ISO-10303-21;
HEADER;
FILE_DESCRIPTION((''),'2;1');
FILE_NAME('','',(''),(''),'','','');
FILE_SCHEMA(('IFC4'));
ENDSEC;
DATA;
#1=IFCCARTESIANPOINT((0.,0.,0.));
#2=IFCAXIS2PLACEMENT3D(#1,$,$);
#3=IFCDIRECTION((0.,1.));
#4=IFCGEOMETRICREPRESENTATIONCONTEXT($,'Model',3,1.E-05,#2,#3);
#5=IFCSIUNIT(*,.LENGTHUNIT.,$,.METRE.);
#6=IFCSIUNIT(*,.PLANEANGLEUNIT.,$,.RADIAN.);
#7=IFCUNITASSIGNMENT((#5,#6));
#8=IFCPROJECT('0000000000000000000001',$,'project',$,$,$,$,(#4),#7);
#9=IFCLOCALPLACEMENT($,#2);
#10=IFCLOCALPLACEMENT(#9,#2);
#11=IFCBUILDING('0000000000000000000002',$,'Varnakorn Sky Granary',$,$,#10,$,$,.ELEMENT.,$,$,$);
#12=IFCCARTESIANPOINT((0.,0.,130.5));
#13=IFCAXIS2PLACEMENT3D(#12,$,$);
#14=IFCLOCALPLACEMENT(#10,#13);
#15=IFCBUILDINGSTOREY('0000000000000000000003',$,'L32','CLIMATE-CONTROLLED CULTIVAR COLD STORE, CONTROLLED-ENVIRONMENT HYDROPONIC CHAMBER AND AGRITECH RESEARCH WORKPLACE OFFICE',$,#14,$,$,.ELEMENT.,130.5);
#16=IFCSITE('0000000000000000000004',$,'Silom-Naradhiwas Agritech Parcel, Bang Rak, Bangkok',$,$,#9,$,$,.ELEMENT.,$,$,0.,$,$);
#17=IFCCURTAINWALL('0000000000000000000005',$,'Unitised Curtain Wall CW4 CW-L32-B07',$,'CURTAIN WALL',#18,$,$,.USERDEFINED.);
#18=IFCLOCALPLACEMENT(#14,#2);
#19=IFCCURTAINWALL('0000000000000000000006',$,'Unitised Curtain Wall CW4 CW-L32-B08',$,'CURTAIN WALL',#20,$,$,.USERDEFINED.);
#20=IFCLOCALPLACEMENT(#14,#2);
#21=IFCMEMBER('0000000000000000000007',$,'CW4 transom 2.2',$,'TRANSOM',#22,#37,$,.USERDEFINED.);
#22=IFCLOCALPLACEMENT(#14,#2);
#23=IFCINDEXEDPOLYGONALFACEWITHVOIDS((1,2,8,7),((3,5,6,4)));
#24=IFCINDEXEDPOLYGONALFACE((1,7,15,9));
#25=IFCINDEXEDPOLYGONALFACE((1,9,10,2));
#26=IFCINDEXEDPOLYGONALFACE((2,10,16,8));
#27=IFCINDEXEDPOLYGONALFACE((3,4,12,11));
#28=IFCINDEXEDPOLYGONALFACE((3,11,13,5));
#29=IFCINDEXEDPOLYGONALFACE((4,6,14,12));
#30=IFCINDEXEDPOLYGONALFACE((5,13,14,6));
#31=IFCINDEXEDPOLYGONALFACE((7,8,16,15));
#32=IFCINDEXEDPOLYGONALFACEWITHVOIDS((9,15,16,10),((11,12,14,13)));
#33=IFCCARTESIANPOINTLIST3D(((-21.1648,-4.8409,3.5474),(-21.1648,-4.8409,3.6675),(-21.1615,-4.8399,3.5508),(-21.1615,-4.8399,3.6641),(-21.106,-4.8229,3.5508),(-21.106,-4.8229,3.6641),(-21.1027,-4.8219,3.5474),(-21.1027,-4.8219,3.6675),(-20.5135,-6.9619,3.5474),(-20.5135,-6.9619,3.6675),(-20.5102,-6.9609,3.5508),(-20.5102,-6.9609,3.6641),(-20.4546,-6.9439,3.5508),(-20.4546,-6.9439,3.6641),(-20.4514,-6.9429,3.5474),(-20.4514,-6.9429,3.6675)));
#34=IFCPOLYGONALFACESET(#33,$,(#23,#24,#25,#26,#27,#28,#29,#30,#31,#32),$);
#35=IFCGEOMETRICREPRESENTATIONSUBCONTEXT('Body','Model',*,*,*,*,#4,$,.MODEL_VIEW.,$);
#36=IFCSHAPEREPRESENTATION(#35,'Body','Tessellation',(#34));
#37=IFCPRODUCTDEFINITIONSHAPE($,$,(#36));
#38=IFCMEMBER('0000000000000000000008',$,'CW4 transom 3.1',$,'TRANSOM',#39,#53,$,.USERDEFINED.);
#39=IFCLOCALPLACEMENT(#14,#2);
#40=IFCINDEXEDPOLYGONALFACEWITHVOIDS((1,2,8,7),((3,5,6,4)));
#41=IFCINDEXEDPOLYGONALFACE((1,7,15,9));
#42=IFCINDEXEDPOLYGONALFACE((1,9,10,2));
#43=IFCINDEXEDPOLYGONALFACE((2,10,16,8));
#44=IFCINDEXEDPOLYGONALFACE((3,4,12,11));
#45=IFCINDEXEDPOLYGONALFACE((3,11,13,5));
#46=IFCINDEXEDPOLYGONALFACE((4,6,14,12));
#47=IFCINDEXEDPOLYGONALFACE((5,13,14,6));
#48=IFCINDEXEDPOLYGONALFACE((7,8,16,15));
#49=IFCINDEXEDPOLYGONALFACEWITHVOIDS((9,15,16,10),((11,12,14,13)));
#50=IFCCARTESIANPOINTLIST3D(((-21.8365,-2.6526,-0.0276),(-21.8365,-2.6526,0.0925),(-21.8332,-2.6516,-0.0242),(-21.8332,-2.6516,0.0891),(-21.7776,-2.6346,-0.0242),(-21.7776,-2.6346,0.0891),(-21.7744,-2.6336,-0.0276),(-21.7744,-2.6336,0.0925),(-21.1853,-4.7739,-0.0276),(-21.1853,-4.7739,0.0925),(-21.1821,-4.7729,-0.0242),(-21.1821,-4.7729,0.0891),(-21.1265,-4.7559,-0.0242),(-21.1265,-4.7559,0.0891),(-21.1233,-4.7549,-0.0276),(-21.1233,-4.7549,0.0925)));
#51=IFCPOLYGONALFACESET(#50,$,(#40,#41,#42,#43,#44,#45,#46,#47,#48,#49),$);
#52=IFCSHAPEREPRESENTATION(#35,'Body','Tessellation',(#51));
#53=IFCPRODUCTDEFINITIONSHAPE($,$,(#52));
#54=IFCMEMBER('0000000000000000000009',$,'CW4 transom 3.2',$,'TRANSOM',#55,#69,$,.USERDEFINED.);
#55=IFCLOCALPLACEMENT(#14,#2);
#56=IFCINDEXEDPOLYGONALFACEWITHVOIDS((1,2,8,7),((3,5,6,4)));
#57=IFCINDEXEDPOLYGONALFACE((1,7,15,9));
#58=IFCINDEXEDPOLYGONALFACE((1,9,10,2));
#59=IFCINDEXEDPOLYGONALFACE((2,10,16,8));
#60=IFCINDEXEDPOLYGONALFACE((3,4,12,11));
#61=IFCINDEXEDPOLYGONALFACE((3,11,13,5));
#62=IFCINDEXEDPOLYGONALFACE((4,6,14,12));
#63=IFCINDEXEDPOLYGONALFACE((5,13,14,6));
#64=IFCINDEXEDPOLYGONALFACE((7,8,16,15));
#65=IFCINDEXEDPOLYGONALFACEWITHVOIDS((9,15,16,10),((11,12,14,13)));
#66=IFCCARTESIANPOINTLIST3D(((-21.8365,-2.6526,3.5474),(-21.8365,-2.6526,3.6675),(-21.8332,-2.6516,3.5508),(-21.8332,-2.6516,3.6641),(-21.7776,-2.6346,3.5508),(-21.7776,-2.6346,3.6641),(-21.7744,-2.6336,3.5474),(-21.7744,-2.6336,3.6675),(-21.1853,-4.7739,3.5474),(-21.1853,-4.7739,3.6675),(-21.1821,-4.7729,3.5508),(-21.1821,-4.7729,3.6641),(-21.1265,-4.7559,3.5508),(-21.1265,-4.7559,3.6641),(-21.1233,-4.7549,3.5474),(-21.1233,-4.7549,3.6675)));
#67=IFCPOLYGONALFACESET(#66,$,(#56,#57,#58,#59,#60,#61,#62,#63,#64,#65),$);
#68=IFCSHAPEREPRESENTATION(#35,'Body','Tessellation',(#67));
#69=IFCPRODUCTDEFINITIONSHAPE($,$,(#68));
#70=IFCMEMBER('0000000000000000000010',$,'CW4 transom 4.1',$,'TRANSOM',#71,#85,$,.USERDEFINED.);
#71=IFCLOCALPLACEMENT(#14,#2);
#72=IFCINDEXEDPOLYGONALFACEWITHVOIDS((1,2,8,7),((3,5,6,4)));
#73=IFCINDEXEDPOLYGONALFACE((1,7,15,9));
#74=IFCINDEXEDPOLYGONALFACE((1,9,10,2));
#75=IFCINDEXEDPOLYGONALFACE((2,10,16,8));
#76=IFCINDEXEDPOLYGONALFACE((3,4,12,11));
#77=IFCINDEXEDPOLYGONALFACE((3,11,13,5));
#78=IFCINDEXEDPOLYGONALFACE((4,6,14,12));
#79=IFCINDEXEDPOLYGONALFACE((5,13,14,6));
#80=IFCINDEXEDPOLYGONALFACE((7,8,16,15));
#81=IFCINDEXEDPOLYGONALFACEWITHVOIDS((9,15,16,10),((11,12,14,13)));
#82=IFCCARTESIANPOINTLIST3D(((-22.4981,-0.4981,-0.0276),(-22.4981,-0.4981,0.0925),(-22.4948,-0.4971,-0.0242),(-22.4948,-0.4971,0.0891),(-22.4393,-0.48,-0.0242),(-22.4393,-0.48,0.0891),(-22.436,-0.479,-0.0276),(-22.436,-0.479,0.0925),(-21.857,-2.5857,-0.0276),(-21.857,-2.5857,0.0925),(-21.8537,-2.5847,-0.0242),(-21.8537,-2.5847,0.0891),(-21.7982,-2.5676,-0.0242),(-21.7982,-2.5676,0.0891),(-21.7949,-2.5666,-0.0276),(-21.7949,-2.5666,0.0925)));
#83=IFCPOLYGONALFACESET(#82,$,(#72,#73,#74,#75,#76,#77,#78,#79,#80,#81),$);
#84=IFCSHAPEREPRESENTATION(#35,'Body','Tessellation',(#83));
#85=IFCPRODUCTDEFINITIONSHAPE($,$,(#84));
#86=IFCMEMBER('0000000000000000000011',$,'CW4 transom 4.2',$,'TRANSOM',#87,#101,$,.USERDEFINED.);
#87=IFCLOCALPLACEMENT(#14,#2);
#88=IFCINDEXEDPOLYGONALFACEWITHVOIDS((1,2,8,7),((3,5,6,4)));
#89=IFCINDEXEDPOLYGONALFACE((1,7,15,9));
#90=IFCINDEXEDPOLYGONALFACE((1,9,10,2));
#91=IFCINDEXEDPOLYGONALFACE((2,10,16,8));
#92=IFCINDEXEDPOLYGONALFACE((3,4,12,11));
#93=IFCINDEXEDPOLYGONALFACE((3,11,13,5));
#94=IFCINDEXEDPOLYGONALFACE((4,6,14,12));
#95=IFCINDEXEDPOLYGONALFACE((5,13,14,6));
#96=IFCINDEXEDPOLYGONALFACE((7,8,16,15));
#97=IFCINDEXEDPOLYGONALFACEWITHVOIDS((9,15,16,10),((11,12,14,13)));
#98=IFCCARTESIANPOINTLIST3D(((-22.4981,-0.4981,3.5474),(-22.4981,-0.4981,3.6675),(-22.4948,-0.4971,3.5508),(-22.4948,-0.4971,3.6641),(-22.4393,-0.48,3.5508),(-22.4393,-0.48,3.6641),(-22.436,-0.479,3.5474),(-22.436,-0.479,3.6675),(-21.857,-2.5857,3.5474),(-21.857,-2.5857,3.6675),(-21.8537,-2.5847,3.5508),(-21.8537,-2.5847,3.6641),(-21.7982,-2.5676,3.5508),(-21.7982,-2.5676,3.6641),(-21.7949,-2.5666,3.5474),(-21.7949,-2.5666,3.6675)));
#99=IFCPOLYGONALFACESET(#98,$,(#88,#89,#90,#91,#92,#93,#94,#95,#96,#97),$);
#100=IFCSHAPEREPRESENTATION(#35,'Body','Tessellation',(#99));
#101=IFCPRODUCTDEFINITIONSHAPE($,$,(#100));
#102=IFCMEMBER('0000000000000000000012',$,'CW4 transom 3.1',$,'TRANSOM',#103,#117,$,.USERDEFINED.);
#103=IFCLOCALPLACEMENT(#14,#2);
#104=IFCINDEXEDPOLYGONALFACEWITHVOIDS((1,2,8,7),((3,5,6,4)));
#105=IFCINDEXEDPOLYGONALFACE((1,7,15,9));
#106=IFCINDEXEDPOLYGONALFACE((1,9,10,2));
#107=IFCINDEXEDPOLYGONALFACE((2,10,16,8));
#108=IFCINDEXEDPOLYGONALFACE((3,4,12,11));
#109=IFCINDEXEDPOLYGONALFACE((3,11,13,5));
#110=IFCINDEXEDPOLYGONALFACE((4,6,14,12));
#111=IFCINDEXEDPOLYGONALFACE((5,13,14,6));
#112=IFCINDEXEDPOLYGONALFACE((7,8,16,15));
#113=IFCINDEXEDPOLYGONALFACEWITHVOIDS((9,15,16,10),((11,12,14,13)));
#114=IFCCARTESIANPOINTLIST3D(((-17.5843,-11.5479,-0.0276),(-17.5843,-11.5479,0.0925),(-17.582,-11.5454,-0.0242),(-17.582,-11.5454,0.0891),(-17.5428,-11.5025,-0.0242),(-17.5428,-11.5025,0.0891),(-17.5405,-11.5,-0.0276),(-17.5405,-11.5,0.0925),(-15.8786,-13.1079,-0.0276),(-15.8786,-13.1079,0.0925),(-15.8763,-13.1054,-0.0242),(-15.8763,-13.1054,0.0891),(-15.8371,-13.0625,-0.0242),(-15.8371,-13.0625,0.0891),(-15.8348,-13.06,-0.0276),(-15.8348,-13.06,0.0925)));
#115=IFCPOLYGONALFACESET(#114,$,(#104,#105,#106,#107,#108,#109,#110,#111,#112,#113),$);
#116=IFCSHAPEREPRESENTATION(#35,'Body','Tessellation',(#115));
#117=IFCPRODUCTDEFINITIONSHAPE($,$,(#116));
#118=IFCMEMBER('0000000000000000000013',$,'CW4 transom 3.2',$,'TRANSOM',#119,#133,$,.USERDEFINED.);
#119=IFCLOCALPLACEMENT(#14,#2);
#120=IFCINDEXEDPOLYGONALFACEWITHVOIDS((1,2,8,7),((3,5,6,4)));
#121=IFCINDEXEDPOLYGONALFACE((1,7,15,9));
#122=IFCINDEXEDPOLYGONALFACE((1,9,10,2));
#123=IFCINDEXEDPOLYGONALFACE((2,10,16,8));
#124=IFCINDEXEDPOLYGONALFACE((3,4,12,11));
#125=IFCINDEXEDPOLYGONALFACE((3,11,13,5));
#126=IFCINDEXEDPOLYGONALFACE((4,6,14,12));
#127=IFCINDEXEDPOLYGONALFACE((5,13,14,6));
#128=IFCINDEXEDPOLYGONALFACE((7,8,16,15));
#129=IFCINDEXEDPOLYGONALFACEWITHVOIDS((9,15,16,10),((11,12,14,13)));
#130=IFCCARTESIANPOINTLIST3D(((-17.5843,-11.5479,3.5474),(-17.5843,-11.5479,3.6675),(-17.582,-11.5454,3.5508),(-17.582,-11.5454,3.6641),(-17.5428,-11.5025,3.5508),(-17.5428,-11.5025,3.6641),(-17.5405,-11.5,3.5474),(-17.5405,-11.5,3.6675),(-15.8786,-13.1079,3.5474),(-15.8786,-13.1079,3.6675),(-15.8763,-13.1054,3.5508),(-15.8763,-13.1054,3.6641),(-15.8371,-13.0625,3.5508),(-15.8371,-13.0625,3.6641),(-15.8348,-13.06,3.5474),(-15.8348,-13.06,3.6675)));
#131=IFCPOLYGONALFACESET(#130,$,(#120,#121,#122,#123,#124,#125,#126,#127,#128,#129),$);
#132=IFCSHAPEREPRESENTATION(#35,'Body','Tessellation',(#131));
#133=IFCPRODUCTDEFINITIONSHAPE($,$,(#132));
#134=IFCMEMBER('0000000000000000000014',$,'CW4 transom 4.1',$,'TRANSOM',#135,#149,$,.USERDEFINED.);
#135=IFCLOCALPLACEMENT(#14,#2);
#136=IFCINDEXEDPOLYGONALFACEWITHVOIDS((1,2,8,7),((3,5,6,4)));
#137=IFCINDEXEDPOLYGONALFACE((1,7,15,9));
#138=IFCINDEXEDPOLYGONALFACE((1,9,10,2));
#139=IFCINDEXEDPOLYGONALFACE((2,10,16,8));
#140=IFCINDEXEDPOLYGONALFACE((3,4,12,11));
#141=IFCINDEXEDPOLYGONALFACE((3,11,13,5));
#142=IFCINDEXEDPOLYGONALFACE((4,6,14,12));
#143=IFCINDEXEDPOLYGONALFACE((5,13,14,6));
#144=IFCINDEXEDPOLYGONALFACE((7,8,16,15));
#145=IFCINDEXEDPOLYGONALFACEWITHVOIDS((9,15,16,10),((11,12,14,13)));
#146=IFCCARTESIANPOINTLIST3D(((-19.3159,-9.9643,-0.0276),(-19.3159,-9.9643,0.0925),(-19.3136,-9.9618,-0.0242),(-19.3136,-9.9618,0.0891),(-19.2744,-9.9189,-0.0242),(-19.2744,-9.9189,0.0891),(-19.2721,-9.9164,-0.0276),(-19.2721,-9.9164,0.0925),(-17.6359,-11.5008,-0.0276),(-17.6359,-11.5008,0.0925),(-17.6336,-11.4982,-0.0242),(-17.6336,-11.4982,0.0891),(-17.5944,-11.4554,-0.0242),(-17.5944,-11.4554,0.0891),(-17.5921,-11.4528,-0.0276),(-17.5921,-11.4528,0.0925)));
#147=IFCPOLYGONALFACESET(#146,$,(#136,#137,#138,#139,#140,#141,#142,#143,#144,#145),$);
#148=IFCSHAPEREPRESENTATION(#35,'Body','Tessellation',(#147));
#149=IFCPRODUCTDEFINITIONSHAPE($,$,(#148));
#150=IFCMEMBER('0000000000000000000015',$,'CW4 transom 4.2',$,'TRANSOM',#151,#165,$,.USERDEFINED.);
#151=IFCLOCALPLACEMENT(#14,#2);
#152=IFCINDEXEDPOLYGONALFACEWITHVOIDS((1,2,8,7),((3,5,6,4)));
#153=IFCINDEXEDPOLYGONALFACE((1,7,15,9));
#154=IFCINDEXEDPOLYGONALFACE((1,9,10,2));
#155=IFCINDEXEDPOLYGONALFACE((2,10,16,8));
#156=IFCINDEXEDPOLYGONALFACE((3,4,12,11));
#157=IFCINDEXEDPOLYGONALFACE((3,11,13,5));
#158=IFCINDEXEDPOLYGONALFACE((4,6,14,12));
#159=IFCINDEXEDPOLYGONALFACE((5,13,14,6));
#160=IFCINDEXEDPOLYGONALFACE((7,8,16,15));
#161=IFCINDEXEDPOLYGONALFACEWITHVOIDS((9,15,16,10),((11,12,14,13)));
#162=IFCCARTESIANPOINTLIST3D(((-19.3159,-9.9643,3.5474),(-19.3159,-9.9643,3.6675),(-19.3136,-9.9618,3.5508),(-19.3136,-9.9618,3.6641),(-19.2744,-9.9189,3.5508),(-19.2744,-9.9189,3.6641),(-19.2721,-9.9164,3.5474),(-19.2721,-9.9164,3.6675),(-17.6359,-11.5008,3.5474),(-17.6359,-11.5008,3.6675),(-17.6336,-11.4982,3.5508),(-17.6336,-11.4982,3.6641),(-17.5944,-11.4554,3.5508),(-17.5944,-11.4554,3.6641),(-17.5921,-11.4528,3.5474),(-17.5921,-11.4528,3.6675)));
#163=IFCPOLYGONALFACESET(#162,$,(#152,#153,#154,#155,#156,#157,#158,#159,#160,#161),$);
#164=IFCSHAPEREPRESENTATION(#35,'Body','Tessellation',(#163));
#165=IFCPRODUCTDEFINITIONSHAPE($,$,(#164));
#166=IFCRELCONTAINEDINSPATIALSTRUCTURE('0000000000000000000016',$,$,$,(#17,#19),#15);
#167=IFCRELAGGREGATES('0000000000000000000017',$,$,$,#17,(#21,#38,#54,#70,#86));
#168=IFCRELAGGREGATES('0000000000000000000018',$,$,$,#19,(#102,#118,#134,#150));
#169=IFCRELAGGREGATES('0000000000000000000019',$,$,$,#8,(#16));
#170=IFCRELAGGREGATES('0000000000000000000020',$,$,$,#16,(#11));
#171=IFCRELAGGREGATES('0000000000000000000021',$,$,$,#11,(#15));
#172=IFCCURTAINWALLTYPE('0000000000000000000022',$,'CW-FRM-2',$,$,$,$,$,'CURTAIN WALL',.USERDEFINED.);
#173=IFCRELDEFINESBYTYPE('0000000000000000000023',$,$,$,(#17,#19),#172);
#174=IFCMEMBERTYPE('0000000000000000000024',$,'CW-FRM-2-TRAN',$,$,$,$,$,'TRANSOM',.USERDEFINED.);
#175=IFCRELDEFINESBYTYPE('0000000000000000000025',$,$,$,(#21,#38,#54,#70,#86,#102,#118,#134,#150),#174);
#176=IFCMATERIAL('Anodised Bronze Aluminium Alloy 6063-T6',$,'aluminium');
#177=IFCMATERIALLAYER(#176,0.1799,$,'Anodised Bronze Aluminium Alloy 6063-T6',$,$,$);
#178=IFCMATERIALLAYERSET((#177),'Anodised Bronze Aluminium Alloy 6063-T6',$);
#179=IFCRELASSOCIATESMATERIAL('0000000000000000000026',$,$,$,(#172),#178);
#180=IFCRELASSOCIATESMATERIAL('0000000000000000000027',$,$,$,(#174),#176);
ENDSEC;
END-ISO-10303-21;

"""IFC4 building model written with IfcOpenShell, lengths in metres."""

from ifc_helpers import new_model, si_unit, direction, frame, origin, origin_2d, place, context, subcontext, project, spatial, hollow_rectangle, extrude, material, layer, layer_set, material_profile, profile_set, type_object, element, aggregate, save


model = new_model("IFC4")

# Units and contexts
model_context = context("Model", 3, precision=1e-05, world=origin(), true_north=direction((0.0, 1.0)))
body_context = subcontext(model_context, "Body", "Model", "MODEL_VIEW")
ifc_project = project(units=[si_unit("LENGTHUNIT", "METRE"), si_unit("PLANEANGLEUNIT", "RADIAN")], contexts=[model_context])

# Site, building, storey
site_placement = place(None, origin())
site = spatial("IfcSite", under=ifc_project, at=site_placement, Name="Silom-Naradhiwas Agritech Parcel, Bang Rak, Bangkok", CompositionType="ELEMENT", RefElevation=0.0)
building_placement = place(site_placement, origin())
building = spatial("IfcBuilding", under=site, at=building_placement, Name="Varnakorn Sky Granary", CompositionType="ELEMENT")
storey_placement = place(building_placement, frame((0.0, 0.0, 130.5)))
storey = spatial("IfcBuildingStorey", under=building, at=storey_placement, Name="L32", Description="CLIMATE-CONTROLLED CULTIVAR COLD STORE, CONTROLLED-ENVIRONMENT HYDROPONIC CHAMBER AND AGRITECH RESEARCH WORKPLACE OFFICE", CompositionType="ELEMENT", Elevation=130.5)

# Curtain walls
ifc_material_1 = material(Name="Anodised Bronze Aluminium Alloy 6063-T6", Category="aluminium")
ifc_layer_1 = layer(ifc_material_1, 0.1799, Name="Anodised Bronze Aluminium Alloy 6063-T6")
ifc_layer_set_1 = layer_set([ifc_layer_1], Name="Anodised Bronze Aluminium Alloy 6063-T6")
curtain_wall_type = type_object("IfcCurtainWallType", Name="CW-FRM-2", ElementType="CURTAIN WALL", PredefinedType="USERDEFINED", material=ifc_layer_set_1)
curtain_wall_1_placement = place(storey_placement, origin())
curtain_wall_1 = element("IfcCurtainWall", 1, at=curtain_wall_1_placement, inside=storey, type_object=curtain_wall_type, Name="Unitised Curtain Wall CW4 CW-L32-B07", ObjectType="CURTAIN WALL", PredefinedType="USERDEFINED")
curtain_wall_2_placement = place(storey_placement, origin())
curtain_wall_2 = element("IfcCurtainWall", 2, at=curtain_wall_2_placement, inside=storey, type_object=curtain_wall_type, Name="Unitised Curtain Wall CW4 CW-L32-B08", ObjectType="CURTAIN WALL", PredefinedType="USERDEFINED")

# Members
ifc_material_profile_1 = material_profile(ifc_material_1, hollow_rectangle(XDim=0.0649, YDim=0.1201, WallThickness=0.0034, at=origin_2d()), Name="ALU TRAN 65x120")
ifc_profile_set_1 = profile_set([ifc_material_profile_1], Name="Anodised Bronze Aluminium Alloy 6063-T6")
member_type_1 = type_object("IfcMemberType", Name="CW-FRM-2-TRAN", ElementType="TRANSOM", PredefinedType="USERDEFINED", material=ifc_profile_set_1)
member_1_placement = place(storey_placement, frame((-20.4824, -6.9524, 3.6074), z_axis=(-0.29356, 0.955941, 0.0), x_axis=(-0.955941, -0.29356, 0.0)))
member_1 = element("IfcMember", 3, at=member_1_placement, type_object=member_type_1, Name="CW4 transom 2.2", ObjectType="TRANSOM", PredefinedType="USERDEFINED", context=body_context, shape_type="SweptSolid", body=[
    extrude(hollow_rectangle(XDim=0.0649, YDim=0.1201, WallThickness=0.0034, at=origin_2d()), origin(), (0.0, 0.0, 1.0), 2.2188),
])
member_2_placement = place(storey_placement, frame((-21.1543, -4.7644, 0.0325), z_axis=(-0.293429, 0.955981, 0.0), x_axis=(-0.955981, -0.293429, 0.0)))
member_2 = element("IfcMember", 4, at=member_2_placement, type_object=member_type_1, Name="CW4 transom 3.1", ObjectType="TRANSOM", PredefinedType="USERDEFINED", context=body_context, shape_type="SweptSolid", body=[
    extrude(hollow_rectangle(XDim=0.0649, YDim=0.1201, WallThickness=0.0034, at=origin_2d()), origin(), (0.0, 0.0, 1.0), 2.219),
])
member_3_placement = place(storey_placement, frame((-21.1543, -4.7644, 3.6074), z_axis=(-0.293429, 0.955981, 0.0), x_axis=(-0.955981, -0.293429, 0.0)))
member_3 = element("IfcMember", 5, at=member_3_placement, type_object=member_type_1, Name="CW4 transom 3.2", ObjectType="TRANSOM", PredefinedType="USERDEFINED", context=body_context, shape_type="SweptSolid", body=[
    extrude(hollow_rectangle(XDim=0.0649, YDim=0.1201, WallThickness=0.0034, at=origin_2d()), origin(), (0.0, 0.0, 1.0), 2.219),
])
member_4_placement = place(storey_placement, frame((-21.8259, -2.5762, 0.0325), z_axis=(-0.293567, 0.955938, 0.0), x_axis=(-0.955938, -0.293567, 0.0)))
member_4 = element("IfcMember", 6, at=member_4_placement, type_object=member_type_1, Name="CW4 transom 4.1", ObjectType="TRANSOM", PredefinedType="USERDEFINED", context=body_context, shape_type="SweptSolid", body=[
    extrude(hollow_rectangle(XDim=0.0649, YDim=0.1201, WallThickness=0.0034, at=origin_2d()), origin(), (0.0, 0.0, 1.0), 2.1838),
])
member_5_placement = place(storey_placement, frame((-21.8259, -2.5762, 3.6074), z_axis=(-0.293567, 0.955938, 0.0), x_axis=(-0.955938, -0.293567, 0.0)))
member_5 = element("IfcMember", 7, at=member_5_placement, type_object=member_type_1, Name="CW4 transom 4.2", ObjectType="TRANSOM", PredefinedType="USERDEFINED", context=body_context, shape_type="SweptSolid", body=[
    extrude(hollow_rectangle(XDim=0.0649, YDim=0.1201, WallThickness=0.0034, at=origin_2d()), origin(), (0.0, 0.0, 1.0), 2.1838),
])
member_6_placement = place(storey_placement, frame((-15.8567, -13.084, 0.0325), z_axis=(-0.73793, 0.674878, 0.0), x_axis=(-0.674878, -0.73793, 0.0)))
member_6 = element("IfcMember", 8, at=member_6_placement, type_object=member_type_1, Name="CW4 transom 3.1", ObjectType="TRANSOM", PredefinedType="USERDEFINED", context=body_context, shape_type="SweptSolid", body=[
    extrude(hollow_rectangle(XDim=0.0649, YDim=0.1201, WallThickness=0.0034, at=origin_2d()), origin(), (0.0, 0.0, 1.0), 2.3115),
])
member_7_placement = place(storey_placement, frame((-15.8567, -13.084, 3.6074), z_axis=(-0.73793, 0.674878, 0.0), x_axis=(-0.674878, -0.73793, 0.0)))
member_7 = element("IfcMember", 9, at=member_7_placement, type_object=member_type_1, Name="CW4 transom 3.2", ObjectType="TRANSOM", PredefinedType="USERDEFINED", context=body_context, shape_type="SweptSolid", body=[
    extrude(hollow_rectangle(XDim=0.0649, YDim=0.1201, WallThickness=0.0034, at=origin_2d()), origin(), (0.0, 0.0, 1.0), 2.3115),
])
member_8_placement = place(storey_placement, frame((-17.614, -11.4768, 0.0325), z_axis=(-0.737933, 0.674874, 0.0), x_axis=(-0.674874, -0.737933, 0.0)))
member_8 = element("IfcMember", 10, at=member_8_placement, type_object=member_type_1, Name="CW4 transom 4.1", ObjectType="TRANSOM", PredefinedType="USERDEFINED", context=body_context, shape_type="SweptSolid", body=[
    extrude(hollow_rectangle(XDim=0.0649, YDim=0.1201, WallThickness=0.0034, at=origin_2d()), origin(), (0.0, 0.0, 1.0), 2.2766),
])
member_9_placement = place(storey_placement, frame((-17.614, -11.4768, 3.6074), z_axis=(-0.737933, 0.674874, 0.0), x_axis=(-0.674874, -0.737933, 0.0)))
member_9 = element("IfcMember", 11, at=member_9_placement, type_object=member_type_1, Name="CW4 transom 4.2", ObjectType="TRANSOM", PredefinedType="USERDEFINED", context=body_context, shape_type="SweptSolid", body=[
    extrude(hollow_rectangle(XDim=0.0649, YDim=0.1201, WallThickness=0.0034, at=origin_2d()), origin(), (0.0, 0.0, 1.0), 2.2766),
])

aggregate(curtain_wall_1, [member_1, member_2, member_3, member_4, member_5])
aggregate(curtain_wall_2, [member_6, member_7, member_8, member_9])

save(model, "model.ifc")
